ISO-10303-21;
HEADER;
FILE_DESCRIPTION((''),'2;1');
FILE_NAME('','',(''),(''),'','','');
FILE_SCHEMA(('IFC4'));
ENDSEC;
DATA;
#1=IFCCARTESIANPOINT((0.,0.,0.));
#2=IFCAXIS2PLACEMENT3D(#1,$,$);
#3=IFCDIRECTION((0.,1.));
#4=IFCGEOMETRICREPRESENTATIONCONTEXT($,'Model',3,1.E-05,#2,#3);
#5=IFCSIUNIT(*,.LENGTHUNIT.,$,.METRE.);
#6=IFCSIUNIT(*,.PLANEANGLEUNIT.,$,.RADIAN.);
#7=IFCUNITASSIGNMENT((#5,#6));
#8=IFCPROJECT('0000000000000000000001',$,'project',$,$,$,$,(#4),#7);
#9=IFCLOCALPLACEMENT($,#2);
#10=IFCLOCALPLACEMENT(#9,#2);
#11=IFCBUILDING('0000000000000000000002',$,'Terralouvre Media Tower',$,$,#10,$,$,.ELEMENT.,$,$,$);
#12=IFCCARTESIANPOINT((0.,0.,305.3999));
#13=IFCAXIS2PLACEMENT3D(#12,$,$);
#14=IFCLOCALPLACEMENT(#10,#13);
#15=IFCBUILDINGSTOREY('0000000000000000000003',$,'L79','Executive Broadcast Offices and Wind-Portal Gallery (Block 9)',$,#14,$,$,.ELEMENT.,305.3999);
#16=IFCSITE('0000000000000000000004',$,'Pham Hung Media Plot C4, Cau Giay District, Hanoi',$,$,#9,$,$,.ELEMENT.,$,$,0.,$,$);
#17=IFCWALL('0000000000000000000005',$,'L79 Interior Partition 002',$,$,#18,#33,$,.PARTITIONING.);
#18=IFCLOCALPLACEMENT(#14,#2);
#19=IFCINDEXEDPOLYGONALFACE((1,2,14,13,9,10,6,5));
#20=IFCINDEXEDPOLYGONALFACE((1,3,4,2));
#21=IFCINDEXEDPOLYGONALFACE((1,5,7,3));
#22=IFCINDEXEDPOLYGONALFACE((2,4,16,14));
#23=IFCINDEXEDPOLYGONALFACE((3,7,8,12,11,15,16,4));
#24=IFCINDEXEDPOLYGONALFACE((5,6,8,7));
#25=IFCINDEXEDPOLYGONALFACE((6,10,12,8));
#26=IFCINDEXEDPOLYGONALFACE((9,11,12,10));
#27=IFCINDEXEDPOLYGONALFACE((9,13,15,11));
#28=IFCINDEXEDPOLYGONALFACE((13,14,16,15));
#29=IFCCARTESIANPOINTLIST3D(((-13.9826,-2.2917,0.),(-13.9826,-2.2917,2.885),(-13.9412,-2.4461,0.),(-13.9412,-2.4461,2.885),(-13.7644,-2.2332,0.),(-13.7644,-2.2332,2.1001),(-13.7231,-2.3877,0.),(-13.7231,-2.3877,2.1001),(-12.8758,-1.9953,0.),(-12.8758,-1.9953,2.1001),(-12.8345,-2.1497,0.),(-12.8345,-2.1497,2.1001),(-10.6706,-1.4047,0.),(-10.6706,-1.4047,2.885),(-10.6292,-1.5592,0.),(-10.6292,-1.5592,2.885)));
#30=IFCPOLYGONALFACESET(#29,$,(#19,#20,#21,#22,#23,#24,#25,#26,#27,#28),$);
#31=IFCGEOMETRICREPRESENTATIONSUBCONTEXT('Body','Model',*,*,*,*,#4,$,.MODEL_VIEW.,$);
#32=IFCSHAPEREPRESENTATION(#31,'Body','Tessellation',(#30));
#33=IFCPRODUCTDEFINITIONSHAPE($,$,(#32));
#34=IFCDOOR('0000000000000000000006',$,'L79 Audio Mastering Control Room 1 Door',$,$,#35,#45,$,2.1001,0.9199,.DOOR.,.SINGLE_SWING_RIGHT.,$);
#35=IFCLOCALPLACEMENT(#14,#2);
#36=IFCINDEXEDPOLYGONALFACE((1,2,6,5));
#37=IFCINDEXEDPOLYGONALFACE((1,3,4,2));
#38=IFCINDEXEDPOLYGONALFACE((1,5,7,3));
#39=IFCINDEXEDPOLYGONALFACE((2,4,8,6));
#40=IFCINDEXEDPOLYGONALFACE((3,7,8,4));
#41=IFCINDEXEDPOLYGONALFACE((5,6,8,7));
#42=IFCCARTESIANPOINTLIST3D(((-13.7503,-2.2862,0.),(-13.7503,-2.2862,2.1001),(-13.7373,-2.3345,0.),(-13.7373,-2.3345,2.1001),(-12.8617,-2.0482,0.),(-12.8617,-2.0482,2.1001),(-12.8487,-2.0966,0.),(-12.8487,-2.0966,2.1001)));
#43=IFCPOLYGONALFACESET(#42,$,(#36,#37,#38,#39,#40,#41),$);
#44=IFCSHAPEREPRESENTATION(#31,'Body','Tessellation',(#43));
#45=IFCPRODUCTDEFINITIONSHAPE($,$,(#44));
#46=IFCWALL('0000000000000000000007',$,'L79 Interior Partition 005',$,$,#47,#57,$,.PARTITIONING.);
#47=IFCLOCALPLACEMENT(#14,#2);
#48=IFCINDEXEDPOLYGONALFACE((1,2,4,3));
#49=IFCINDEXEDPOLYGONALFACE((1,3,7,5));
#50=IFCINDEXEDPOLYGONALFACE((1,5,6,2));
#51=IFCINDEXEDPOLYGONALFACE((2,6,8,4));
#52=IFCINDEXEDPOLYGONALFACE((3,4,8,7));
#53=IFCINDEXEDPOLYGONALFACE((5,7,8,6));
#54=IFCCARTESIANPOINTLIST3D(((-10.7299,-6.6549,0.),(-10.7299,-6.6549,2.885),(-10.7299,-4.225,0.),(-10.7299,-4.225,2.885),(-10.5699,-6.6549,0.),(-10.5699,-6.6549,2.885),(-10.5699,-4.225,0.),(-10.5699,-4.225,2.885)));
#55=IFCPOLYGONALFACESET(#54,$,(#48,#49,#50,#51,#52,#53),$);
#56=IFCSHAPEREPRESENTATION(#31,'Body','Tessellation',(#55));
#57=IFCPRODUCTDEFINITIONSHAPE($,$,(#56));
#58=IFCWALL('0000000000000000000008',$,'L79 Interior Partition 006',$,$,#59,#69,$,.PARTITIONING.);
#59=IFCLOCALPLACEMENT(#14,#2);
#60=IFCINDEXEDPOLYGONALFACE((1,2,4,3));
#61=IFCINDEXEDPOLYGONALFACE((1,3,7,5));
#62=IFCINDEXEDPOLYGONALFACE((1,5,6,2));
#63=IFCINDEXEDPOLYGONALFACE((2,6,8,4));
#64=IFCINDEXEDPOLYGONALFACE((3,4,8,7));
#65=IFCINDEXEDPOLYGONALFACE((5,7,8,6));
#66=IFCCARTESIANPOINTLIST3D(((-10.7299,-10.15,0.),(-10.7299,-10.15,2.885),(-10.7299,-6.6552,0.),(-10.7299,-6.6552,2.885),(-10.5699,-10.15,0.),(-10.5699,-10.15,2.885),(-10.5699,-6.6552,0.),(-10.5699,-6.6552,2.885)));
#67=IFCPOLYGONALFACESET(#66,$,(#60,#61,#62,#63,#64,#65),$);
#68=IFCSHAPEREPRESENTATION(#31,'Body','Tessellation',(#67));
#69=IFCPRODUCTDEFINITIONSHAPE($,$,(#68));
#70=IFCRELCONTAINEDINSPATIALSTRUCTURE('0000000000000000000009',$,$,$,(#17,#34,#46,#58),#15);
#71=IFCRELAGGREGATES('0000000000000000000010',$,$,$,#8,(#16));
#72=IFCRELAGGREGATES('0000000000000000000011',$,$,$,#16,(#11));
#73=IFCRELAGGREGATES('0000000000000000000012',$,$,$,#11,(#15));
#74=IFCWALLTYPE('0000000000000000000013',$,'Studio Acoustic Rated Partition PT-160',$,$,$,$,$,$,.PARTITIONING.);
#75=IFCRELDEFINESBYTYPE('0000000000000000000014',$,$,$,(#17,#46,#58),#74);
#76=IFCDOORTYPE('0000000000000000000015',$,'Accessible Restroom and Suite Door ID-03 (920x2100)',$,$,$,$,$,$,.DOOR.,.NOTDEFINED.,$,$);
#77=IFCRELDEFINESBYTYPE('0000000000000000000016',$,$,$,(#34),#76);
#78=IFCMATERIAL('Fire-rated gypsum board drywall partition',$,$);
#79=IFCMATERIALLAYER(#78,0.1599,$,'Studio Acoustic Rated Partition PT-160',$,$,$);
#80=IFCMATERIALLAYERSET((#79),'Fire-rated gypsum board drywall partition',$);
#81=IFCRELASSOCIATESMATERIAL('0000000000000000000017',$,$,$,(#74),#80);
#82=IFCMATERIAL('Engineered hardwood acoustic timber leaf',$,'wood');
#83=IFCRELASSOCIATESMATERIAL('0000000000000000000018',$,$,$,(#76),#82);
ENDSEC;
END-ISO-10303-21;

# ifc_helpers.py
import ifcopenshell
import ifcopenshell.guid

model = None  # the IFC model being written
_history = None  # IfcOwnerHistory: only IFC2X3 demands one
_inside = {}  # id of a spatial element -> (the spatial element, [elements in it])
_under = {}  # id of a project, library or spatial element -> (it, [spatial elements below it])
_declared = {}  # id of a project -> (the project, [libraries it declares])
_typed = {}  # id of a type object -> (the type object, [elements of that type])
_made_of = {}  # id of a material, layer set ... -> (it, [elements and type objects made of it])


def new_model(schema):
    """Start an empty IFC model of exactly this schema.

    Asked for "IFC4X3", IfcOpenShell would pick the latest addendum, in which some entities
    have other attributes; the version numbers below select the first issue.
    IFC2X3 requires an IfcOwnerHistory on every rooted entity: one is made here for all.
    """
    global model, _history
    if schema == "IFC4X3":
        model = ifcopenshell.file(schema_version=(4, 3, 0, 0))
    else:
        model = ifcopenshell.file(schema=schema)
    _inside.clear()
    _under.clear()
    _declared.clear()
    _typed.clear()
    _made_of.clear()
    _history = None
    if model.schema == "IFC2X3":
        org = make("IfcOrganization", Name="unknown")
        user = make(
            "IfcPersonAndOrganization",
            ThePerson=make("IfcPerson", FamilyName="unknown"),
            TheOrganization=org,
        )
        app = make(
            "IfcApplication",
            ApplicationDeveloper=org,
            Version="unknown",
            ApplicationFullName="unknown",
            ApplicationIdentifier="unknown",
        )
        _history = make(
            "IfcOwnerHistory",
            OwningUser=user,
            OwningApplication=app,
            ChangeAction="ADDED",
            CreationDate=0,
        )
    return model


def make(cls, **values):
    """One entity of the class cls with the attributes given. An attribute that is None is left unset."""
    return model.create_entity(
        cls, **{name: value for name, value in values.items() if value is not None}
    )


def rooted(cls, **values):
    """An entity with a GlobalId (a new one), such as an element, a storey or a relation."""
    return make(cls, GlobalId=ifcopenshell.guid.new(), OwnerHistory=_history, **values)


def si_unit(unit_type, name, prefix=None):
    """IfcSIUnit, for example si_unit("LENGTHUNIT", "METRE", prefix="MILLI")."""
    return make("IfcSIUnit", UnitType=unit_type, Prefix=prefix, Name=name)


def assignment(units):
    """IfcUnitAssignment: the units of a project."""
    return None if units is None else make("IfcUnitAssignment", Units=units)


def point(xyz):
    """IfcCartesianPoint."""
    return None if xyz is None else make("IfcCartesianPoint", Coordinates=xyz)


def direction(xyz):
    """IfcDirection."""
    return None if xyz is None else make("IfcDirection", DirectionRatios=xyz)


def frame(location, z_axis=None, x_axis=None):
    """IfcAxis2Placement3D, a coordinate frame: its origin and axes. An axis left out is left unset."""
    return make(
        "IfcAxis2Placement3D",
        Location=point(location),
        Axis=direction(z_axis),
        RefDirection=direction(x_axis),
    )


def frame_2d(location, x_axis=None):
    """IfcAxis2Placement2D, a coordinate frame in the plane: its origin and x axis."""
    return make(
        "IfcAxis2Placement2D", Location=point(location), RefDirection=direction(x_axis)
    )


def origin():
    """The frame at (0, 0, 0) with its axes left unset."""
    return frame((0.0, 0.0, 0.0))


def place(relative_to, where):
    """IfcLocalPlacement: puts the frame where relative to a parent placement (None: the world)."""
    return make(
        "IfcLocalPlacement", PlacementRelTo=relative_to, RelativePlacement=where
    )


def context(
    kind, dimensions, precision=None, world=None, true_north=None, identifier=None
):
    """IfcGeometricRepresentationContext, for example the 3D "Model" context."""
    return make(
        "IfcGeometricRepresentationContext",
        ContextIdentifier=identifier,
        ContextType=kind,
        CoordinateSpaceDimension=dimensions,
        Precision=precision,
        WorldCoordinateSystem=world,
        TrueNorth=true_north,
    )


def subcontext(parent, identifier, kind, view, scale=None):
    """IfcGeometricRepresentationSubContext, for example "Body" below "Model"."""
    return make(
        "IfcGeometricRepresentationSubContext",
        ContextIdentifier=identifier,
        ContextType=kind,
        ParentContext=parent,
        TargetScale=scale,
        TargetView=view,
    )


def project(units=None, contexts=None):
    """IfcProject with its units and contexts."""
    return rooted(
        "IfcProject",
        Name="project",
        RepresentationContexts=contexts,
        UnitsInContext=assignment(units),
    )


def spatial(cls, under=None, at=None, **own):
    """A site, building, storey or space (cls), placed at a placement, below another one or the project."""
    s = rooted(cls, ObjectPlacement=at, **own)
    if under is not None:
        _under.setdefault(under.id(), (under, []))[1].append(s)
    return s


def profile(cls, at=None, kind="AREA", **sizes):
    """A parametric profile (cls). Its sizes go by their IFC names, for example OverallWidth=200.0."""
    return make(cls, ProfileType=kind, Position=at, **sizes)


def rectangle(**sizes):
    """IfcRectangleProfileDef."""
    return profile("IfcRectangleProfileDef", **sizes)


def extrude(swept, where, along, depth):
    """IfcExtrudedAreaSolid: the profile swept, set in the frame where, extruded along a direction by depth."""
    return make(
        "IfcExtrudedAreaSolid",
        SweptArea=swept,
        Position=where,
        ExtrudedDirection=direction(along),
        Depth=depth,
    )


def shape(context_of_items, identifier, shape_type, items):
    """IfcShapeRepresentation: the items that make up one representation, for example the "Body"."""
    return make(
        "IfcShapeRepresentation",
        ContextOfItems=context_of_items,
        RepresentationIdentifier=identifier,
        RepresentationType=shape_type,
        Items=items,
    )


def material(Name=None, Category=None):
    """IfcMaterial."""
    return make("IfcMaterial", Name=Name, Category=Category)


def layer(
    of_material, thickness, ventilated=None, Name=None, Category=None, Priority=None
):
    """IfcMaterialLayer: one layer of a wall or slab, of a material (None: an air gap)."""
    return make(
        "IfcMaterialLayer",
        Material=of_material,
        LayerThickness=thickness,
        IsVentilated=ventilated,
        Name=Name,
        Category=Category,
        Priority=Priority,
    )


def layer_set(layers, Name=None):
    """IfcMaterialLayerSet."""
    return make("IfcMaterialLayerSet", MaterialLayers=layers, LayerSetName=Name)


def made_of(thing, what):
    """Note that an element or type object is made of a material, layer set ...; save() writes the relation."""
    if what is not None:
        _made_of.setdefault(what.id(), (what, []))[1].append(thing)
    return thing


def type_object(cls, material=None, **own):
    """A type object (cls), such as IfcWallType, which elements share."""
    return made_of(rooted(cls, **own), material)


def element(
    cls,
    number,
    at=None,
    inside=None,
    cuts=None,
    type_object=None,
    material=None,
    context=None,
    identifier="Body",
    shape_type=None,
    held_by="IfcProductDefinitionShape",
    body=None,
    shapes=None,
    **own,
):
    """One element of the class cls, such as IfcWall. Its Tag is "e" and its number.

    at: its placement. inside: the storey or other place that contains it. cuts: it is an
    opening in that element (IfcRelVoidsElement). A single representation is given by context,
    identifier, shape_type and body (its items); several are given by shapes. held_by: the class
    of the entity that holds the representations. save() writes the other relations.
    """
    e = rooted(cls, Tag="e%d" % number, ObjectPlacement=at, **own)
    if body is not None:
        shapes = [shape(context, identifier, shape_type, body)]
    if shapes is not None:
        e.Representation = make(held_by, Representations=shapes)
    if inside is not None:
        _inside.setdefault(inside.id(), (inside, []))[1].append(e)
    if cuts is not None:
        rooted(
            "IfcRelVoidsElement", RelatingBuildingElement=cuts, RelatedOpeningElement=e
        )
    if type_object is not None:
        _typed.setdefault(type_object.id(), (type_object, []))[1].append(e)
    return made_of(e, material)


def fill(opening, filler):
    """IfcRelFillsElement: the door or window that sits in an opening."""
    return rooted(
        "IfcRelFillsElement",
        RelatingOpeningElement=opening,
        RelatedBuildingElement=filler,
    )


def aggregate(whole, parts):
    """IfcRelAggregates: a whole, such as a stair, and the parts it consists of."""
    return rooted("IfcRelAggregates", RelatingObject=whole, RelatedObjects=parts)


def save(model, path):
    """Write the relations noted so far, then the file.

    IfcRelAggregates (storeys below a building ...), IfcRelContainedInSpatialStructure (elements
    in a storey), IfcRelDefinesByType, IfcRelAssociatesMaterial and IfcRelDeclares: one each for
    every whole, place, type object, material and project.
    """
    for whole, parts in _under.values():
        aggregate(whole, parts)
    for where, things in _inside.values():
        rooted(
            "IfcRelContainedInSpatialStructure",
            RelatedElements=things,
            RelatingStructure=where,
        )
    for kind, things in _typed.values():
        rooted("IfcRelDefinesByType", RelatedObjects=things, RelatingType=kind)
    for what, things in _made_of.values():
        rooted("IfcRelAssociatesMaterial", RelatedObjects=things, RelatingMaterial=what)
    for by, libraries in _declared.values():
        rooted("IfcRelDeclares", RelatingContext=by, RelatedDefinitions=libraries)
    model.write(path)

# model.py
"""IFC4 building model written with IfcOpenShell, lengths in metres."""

from ifc_helpers import new_model, si_unit, direction, frame, frame_2d, origin, place, context, subcontext, project, spatial, rectangle, extrude, material, layer, layer_set, type_object, element, fill, save


model = new_model("IFC4")

# Units and contexts
model_context = context("Model", 3, precision=1e-05, world=origin(), true_north=direction((0.0, 1.0)))
body_context = subcontext(model_context, "Body", "Model", "MODEL_VIEW")
ifc_project = project(units=[si_unit("LENGTHUNIT", "METRE"), si_unit("PLANEANGLEUNIT", "RADIAN")], contexts=[model_context])

# Site, building, storey
site_placement = place(None, origin())
site = spatial("IfcSite", under=ifc_project, at=site_placement, Name="Pham Hung Media Plot C4, Cau Giay District, Hanoi", CompositionType="ELEMENT", RefElevation=0.0)
building_placement = place(site_placement, origin())
building = spatial("IfcBuilding", under=site, at=building_placement, Name="Terralouvre Media Tower", CompositionType="ELEMENT")
storey_placement = place(building_placement, frame((0.0, 0.0, 305.3999)))
storey = spatial("IfcBuildingStorey", under=building, at=storey_placement, Name="L79", Description="Executive Broadcast Offices and Wind-Portal Gallery (Block 9)", CompositionType="ELEMENT", Elevation=305.3999)

# Shared definitions
ifc_material_1 = material(Name="Fire-rated gypsum board drywall partition")
ifc_layer_1 = layer(ifc_material_1, 0.1599, Name="Studio Acoustic Rated Partition PT-160")
ifc_layer_set_1 = layer_set([ifc_layer_1], Name="Fire-rated gypsum board drywall partition")
wall_type_1 = type_object("IfcWallType", Name="Studio Acoustic Rated Partition PT-160", PredefinedType="PARTITIONING", material=ifc_layer_set_1)

# Wall, opening, door
wall_1_placement = place(storey_placement, frame((-10.6499, -1.4819, 0.0), z_axis=(0.0, 0.0, 1.0), x_axis=(-0.965961, -0.258686, 0.0)))
wall_1 = element("IfcWall", 1, at=wall_1_placement, inside=storey, type_object=wall_type_1, Name="L79 Interior Partition 002", PredefinedType="PARTITIONING", context=body_context, shape_type="SweptSolid", body=[
    extrude(rectangle(XDim=3.4287, YDim=0.1599, at=frame_2d((1.7144, 0.0))), origin(), (0.0, 0.0, 1.0), 2.885),
])
opening_1_placement = place(wall_1_placement, frame((2.283, 0.0, 0.0)))
opening_1 = element("IfcOpeningElement", 2, at=opening_1_placement, cuts=wall_1, PredefinedType="OPENING", context=body_context, shape_type="SweptSolid", body=[
    extrude(rectangle(XDim=0.9199, YDim=2.1001, at=frame_2d((0.46, 1.05))), frame((0.0, 0.0898, 0.0), z_axis=(0.0, -1.0, 0.0), x_axis=(1.0, 0.0, 0.0)), (0.0, 0.0, 1.0), 0.1799),
])
ifc_material_2 = material(Name="Engineered hardwood acoustic timber leaf", Category="wood")
door_type_1 = type_object("IfcDoorType", Name="Accessible Restroom and Suite Door ID-03 (920x2100)", OperationType="NOTDEFINED", PredefinedType="DOOR", material=ifc_material_2)
door_1_placement = place(opening_1_placement, origin())
door_1 = element("IfcDoor", 3, at=door_1_placement, inside=storey, type_object=door_type_1, Name="L79 Audio Mastering Control Room 1 Door", OperationType="SINGLE_SWING_RIGHT", OverallHeight=2.1001, OverallWidth=0.9199, PredefinedType="DOOR", context=body_context, shape_type="SweptSolid", body=[
    extrude(rectangle(XDim=0.9199, YDim=2.1001, at=frame_2d((0.46, 1.05))), frame((0.0, 0.0249, 0.0), z_axis=(0.0, -1.0, 0.0), x_axis=(1.0, 0.0, 0.0)), (0.0, 0.0, 1.0), 0.05),
])
fill(opening_1, door_1)

# Walls
wall_2_placement = place(storey_placement, frame((-10.6499, -4.2251, 0.0), z_axis=(0.0, 0.0, 1.0), x_axis=(0.0, -1.0, 0.0)))
element("IfcWall", 4, at=wall_2_placement, inside=storey, type_object=wall_type_1, Name="L79 Interior Partition 005", PredefinedType="PARTITIONING", context=body_context, shape_type="SweptSolid", body=[
    extrude(rectangle(XDim=2.4299, YDim=0.1599, at=frame_2d((1.2148, 0.0))), origin(), (0.0, 0.0, 1.0), 2.885),
])
wall_3_placement = place(storey_placement, frame((-10.6499, -6.655, 0.0), z_axis=(0.0, 0.0, 1.0), x_axis=(0.0, -1.0, 0.0)))
element("IfcWall", 5, at=wall_3_placement, inside=storey, type_object=wall_type_1, Name="L79 Interior Partition 006", PredefinedType="PARTITIONING", context=body_context, shape_type="SweptSolid", body=[
    extrude(rectangle(XDim=3.4949, YDim=0.1599, at=frame_2d((1.7476, 0.0))), origin(), (0.0, 0.0, 1.0), 2.885),
])

save(model, "model.ifc")
